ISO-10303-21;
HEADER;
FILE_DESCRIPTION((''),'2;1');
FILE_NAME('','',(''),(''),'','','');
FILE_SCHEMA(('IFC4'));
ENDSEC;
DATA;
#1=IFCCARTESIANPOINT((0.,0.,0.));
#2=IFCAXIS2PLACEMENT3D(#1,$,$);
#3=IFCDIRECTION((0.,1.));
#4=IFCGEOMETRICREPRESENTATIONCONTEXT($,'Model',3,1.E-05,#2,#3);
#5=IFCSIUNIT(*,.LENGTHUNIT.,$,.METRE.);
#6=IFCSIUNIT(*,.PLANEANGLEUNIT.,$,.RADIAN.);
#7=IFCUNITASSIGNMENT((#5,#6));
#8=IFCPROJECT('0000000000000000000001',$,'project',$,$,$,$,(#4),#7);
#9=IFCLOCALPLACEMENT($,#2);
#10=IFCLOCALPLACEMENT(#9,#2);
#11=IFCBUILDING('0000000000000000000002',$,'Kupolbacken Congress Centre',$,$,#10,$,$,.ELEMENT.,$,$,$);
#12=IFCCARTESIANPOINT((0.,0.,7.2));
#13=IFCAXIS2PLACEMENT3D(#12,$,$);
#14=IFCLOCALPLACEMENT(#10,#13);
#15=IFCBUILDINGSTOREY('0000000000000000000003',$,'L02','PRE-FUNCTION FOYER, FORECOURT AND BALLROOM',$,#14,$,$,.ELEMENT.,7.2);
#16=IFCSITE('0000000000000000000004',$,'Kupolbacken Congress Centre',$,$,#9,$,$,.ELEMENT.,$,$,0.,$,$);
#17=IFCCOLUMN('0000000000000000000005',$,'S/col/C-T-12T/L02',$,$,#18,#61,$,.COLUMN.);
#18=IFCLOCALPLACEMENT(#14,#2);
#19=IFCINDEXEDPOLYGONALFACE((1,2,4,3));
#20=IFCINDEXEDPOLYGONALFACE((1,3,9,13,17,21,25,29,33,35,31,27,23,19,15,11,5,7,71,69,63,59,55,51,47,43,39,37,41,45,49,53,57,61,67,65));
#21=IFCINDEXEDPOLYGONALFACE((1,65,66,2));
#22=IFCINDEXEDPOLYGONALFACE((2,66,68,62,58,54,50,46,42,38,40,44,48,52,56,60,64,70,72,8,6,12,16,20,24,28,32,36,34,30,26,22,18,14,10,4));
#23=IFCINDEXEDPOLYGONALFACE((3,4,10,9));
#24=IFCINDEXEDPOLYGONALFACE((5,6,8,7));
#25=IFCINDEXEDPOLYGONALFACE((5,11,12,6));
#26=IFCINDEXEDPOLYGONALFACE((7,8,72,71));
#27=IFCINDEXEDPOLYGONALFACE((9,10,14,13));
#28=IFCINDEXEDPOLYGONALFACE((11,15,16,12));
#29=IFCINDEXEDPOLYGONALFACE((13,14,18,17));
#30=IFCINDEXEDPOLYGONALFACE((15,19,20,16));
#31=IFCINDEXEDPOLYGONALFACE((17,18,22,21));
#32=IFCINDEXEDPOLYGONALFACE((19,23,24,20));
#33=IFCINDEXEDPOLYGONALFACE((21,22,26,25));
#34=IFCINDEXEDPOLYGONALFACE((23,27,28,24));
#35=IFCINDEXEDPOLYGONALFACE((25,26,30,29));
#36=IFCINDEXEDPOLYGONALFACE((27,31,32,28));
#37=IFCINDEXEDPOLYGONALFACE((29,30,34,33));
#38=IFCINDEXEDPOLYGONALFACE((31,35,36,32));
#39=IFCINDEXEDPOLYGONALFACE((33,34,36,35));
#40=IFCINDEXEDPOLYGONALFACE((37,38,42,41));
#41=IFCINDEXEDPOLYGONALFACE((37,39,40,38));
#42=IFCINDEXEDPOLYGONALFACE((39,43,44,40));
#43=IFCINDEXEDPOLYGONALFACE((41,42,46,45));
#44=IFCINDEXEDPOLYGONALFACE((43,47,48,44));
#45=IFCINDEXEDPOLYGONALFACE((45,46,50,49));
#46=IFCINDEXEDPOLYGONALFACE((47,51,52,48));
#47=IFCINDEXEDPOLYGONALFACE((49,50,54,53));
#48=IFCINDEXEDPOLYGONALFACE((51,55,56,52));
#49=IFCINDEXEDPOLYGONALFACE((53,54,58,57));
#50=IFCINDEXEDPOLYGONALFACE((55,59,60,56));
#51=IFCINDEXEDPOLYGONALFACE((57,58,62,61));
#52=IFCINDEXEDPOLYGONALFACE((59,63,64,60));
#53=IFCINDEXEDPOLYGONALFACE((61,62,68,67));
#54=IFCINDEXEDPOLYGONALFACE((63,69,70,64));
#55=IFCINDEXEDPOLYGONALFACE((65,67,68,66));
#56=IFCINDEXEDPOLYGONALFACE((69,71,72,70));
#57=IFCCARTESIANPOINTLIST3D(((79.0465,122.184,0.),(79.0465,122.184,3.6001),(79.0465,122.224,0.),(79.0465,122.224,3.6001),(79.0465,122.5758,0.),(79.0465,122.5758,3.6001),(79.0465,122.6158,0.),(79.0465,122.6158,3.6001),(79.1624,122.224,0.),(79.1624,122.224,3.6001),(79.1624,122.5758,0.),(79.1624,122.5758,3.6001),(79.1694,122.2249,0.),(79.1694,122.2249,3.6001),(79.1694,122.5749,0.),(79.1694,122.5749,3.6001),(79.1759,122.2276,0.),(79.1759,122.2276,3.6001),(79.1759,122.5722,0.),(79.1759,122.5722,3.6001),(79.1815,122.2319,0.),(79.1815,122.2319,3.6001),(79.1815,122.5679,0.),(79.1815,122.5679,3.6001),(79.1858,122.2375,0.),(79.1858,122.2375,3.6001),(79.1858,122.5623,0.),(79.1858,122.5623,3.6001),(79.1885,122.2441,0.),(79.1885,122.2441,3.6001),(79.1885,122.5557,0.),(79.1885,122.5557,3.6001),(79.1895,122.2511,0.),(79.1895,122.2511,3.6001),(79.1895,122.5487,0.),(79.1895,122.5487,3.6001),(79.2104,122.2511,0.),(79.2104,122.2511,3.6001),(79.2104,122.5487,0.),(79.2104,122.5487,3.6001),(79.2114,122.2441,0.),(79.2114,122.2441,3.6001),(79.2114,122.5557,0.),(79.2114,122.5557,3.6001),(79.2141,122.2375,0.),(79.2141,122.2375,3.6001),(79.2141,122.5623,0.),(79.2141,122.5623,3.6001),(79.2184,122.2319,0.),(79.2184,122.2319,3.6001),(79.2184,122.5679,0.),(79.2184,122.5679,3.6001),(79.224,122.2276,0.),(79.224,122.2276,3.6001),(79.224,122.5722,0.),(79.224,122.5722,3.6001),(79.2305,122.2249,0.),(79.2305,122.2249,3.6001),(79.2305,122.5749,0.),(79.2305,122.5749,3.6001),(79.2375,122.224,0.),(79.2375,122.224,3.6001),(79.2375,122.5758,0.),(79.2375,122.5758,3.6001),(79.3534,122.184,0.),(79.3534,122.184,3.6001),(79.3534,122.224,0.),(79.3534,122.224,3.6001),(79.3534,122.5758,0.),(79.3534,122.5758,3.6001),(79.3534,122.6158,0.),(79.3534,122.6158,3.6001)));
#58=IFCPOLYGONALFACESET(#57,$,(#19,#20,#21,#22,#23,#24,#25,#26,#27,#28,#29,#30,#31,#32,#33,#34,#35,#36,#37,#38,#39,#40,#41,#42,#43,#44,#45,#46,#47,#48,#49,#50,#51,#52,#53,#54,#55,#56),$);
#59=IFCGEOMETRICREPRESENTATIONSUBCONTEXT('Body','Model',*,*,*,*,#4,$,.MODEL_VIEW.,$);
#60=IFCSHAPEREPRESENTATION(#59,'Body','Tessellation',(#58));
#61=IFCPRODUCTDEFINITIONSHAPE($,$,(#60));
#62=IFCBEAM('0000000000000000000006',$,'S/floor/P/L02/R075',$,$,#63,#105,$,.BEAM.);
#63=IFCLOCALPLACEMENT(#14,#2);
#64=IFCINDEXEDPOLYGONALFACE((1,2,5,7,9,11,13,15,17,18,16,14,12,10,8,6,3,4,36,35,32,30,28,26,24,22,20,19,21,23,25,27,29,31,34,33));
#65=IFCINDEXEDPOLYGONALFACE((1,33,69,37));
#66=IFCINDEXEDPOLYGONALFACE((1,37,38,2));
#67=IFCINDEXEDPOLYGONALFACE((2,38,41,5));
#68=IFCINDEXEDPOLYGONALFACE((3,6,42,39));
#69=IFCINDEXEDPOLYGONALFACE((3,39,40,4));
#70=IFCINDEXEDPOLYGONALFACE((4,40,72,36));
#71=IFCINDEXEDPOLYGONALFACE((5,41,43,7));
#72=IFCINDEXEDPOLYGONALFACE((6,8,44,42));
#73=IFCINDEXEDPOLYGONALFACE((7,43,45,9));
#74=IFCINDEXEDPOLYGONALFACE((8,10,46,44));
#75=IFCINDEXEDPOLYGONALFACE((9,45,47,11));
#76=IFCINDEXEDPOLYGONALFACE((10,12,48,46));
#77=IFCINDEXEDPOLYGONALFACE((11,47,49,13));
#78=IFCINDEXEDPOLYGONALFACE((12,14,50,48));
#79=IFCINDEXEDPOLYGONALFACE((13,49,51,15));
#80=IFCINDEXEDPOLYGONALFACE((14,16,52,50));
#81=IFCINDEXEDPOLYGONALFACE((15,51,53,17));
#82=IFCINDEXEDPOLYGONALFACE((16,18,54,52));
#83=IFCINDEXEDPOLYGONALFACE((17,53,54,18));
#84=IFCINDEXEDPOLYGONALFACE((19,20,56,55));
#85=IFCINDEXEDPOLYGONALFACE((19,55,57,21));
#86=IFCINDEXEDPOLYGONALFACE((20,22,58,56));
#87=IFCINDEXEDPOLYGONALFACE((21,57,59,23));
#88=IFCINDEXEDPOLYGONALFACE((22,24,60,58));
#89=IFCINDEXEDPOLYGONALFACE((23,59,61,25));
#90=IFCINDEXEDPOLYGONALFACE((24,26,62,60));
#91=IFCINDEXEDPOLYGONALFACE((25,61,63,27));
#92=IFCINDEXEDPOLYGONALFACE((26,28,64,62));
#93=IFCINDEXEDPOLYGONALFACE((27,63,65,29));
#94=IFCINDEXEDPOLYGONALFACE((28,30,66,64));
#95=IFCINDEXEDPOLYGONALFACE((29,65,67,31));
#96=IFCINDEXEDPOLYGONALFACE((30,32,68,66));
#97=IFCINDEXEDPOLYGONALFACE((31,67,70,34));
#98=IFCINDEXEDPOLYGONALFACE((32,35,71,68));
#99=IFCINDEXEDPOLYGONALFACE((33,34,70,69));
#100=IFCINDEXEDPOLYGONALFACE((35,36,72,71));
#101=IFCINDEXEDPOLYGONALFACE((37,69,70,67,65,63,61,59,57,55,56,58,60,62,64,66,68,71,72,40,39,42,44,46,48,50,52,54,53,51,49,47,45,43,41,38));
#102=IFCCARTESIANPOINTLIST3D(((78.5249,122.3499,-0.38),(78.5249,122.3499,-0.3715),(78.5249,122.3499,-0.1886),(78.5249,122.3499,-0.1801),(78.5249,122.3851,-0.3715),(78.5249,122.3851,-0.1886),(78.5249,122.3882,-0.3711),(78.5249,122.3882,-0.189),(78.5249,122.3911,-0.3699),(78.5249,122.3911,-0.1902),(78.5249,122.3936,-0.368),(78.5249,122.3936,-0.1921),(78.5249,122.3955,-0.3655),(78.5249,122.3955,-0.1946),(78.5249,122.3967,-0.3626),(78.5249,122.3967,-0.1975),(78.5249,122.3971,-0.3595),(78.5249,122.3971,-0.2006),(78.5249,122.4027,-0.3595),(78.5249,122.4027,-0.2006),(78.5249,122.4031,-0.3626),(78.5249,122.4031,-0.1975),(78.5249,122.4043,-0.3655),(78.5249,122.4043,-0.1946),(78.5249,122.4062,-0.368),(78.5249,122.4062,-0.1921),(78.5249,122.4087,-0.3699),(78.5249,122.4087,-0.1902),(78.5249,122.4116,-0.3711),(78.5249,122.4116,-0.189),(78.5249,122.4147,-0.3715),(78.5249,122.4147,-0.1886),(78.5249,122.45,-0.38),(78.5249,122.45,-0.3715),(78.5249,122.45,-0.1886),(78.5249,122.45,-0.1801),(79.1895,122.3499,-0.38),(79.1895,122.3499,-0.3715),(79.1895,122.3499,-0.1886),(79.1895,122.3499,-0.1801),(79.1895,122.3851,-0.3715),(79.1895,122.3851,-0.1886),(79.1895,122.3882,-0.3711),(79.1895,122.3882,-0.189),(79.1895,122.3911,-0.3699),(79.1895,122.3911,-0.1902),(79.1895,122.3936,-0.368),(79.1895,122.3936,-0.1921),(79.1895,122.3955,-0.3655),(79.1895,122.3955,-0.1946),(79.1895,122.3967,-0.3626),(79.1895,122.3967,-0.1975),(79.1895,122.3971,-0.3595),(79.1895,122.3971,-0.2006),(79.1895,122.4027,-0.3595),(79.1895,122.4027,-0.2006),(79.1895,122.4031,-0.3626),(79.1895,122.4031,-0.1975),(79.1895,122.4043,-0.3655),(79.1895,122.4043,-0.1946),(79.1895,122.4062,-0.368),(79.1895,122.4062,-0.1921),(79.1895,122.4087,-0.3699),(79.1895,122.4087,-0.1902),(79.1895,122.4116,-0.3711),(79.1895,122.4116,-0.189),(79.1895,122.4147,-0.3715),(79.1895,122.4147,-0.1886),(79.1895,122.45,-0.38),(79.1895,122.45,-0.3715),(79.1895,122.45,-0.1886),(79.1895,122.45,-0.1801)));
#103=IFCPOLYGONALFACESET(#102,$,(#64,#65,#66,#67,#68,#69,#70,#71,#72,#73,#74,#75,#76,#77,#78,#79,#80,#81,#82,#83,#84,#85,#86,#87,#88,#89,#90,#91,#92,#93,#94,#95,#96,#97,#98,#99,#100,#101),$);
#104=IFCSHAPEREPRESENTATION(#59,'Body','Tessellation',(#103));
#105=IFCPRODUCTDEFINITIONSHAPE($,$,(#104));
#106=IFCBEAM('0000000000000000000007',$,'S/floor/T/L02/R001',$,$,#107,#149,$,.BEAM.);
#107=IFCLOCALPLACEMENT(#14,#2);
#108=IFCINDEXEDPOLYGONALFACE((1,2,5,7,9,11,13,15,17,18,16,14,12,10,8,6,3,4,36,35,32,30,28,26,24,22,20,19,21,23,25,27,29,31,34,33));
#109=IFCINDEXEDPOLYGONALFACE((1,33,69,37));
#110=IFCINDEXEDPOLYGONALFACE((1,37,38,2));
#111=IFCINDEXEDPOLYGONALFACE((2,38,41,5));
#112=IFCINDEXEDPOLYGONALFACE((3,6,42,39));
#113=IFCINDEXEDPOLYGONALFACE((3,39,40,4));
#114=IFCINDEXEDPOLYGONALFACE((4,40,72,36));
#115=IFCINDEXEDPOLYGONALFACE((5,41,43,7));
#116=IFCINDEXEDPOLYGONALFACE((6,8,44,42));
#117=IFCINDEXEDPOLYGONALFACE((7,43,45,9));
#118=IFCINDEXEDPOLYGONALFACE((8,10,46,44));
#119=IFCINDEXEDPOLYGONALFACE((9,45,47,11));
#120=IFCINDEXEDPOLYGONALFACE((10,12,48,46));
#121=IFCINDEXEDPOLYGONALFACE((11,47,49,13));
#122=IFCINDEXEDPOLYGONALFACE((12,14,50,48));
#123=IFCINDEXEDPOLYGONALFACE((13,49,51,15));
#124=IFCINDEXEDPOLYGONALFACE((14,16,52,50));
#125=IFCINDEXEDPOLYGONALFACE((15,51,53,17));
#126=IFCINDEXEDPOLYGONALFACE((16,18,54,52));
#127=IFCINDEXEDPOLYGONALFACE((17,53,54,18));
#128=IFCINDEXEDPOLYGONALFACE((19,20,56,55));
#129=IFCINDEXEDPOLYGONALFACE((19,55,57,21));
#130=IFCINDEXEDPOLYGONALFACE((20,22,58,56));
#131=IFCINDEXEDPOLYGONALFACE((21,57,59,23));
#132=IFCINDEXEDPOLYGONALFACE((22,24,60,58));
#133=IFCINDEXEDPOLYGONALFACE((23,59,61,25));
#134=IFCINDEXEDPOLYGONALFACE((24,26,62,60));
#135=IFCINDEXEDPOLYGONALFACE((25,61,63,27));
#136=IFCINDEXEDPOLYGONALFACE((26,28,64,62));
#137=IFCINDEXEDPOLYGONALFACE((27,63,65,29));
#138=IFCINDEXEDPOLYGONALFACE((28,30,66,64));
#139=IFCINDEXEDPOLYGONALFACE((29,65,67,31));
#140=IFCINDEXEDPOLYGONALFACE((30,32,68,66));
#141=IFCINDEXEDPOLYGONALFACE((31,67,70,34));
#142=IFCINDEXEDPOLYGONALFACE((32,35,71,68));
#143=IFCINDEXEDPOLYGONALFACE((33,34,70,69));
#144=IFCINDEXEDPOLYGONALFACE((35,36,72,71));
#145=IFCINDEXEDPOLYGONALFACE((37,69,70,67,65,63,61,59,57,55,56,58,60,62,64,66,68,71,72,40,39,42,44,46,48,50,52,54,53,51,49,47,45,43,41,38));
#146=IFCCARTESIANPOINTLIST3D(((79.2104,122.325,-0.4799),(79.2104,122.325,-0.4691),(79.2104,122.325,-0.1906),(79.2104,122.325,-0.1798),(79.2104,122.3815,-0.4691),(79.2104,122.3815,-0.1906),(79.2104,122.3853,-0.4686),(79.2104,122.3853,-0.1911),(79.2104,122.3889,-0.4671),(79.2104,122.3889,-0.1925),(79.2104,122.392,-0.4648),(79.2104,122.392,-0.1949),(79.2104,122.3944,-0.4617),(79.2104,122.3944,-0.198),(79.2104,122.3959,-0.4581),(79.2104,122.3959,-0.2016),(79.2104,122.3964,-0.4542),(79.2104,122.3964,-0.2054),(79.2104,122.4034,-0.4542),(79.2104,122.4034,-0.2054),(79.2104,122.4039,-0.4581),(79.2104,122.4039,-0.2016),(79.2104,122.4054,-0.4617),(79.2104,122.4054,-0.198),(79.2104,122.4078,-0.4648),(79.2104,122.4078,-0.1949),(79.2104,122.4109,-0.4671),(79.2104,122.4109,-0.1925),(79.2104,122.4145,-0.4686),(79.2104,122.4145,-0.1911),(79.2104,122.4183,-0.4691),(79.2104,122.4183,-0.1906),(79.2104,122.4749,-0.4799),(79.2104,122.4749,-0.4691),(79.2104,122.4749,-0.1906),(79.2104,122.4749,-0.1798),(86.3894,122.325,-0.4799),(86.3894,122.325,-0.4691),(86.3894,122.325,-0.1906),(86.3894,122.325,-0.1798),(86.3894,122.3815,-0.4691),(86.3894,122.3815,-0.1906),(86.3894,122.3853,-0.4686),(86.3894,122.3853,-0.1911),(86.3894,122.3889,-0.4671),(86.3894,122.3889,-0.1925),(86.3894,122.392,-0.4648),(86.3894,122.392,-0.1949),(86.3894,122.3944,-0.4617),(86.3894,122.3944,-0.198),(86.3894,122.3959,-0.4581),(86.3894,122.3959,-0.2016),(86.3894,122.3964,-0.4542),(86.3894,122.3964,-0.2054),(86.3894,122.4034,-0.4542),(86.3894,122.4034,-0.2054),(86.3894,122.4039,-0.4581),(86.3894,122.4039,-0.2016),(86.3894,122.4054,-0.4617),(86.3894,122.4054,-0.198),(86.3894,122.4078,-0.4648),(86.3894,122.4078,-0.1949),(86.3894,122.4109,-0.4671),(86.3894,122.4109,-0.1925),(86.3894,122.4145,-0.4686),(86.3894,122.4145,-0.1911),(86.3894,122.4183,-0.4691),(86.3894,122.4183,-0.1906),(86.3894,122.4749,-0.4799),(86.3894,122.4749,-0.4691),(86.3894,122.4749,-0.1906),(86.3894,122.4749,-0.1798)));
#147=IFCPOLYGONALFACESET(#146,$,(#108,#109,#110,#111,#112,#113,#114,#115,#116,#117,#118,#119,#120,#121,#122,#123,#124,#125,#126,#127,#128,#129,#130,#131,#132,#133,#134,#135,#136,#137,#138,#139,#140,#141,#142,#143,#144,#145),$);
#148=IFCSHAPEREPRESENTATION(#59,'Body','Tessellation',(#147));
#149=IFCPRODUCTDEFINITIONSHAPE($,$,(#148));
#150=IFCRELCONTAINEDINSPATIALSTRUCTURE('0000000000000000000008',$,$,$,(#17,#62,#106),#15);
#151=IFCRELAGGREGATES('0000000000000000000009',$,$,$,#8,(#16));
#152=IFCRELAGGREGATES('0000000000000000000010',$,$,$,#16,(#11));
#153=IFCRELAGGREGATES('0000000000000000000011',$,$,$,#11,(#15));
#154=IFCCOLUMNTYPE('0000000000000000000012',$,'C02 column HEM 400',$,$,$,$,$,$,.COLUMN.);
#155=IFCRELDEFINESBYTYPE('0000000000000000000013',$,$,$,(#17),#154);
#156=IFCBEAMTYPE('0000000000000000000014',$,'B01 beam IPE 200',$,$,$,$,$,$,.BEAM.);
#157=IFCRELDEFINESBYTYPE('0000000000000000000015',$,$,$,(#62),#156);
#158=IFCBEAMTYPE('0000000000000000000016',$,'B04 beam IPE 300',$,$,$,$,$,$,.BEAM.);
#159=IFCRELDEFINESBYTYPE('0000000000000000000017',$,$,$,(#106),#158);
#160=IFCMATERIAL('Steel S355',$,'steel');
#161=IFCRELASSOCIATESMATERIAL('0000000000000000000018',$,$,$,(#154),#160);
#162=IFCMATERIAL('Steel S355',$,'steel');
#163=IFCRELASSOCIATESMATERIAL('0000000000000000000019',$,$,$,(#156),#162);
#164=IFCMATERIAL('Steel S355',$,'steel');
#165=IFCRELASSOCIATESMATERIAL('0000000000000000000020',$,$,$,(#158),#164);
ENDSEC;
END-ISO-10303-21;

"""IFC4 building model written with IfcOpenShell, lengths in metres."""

from ifc_helpers import new_model, si_unit, direction, frame, origin, origin_2d, place, context, subcontext, project, spatial, i_section, extrude, material, material_profile, profile_set, type_object, element, save


model = new_model("IFC4")

# Units and contexts
model_context = context("Model", 3, precision=1e-05, world=origin(), true_north=direction((0.0, 1.0)))
body_context = subcontext(model_context, "Body", "Model", "MODEL_VIEW")
ifc_project = project(units=[si_unit("LENGTHUNIT", "METRE"), si_unit("PLANEANGLEUNIT", "RADIAN")], contexts=[model_context])

# Site, building, storey
site_placement = place(None, origin())
site = spatial("IfcSite", under=ifc_project, at=site_placement, Name="Kupolbacken Congress Centre", CompositionType="ELEMENT", RefElevation=0.0)
building_placement = place(site_placement, origin())
building = spatial("IfcBuilding", under=site, at=building_placement, Name="Kupolbacken Congress Centre", CompositionType="ELEMENT")
storey_placement = place(building_placement, frame((0.0, 0.0, 7.2)))
storey = spatial("IfcBuildingStorey", under=building, at=storey_placement, Name="L02", Description="PRE-FUNCTION FOYER, FORECOURT AND BALLROOM", CompositionType="ELEMENT", Elevation=7.2)

# Column
ifc_material_1 = material(Name="Steel S355", Category="steel")
ifc_material_profile_1 = material_profile(ifc_material_1, i_section(OverallWidth=0.3069, OverallDepth=0.4319, WebThickness=0.021, FlangeThickness=0.04, FilletRadius=0.0271, at=origin_2d()), Name="HEM 400")
ifc_profile_set_1 = profile_set([ifc_material_profile_1], Name="Steel S355")
column_type = type_object("IfcColumnType", Name="C02 column HEM 400", PredefinedType="COLUMN", material=ifc_profile_set_1)
column_placement = place(storey_placement, frame((79.2, 122.3999, 0.0), z_axis=(0.0, 0.0, 1.0), x_axis=(1.0, 0.0, 0.0)))
element("IfcColumn", 1, at=column_placement, inside=storey, type_object=column_type, Name="S/col/C-T-12T/L02", PredefinedType="COLUMN", context=body_context, shape_type="SweptSolid", body=[
    extrude(i_section(OverallWidth=0.3069, OverallDepth=0.4319, WebThickness=0.021, FlangeThickness=0.04, FilletRadius=0.0271, at=origin_2d()), origin(), (0.0, 0.0, 1.0), 3.6001),
])

# Beams
ifc_material_2 = material(Name="Steel S355", Category="steel")
ifc_material_profile_2 = material_profile(ifc_material_2, i_section(OverallWidth=0.1001, OverallDepth=0.2, WebThickness=0.0056, FlangeThickness=0.0085, FilletRadius=0.012, at=origin_2d()), Name="IPE 200")
ifc_profile_set_2 = profile_set([ifc_material_profile_2], Name="Steel S355")
beam_type_1 = type_object("IfcBeamType", Name="B01 beam IPE 200", PredefinedType="BEAM", material=ifc_profile_set_2)
beam_1_placement = place(storey_placement, frame((78.5249, 122.3999, -0.28), z_axis=(1.0, 0.0, 0.0), x_axis=(0.0, 1.0, 0.0)))
element("IfcBeam", 2, at=beam_1_placement, inside=storey, type_object=beam_type_1, Name="S/floor/P/L02/R075", PredefinedType="BEAM", context=body_context, shape_type="SweptSolid", body=[
    extrude(i_section(OverallWidth=0.1001, OverallDepth=0.2, WebThickness=0.0056, FlangeThickness=0.0085, FilletRadius=0.012, at=origin_2d()), origin(), (0.0, 0.0, 1.0), 0.6646),
])
ifc_material_3 = material(Name="Steel S355", Category="steel")
ifc_material_profile_3 = material_profile(ifc_material_3, i_section(OverallWidth=0.1499, OverallDepth=0.3, WebThickness=0.0071, FlangeThickness=0.0107, FilletRadius=0.0149, at=origin_2d()), Name="IPE 300")
ifc_profile_set_3 = profile_set([ifc_material_profile_3], Name="Steel S355")
beam_type_2 = type_object("IfcBeamType", Name="B04 beam IPE 300", PredefinedType="BEAM", material=ifc_profile_set_3)
beam_2_placement = place(storey_placement, frame((79.2104, 122.3999, -0.3298), z_axis=(1.0, 0.0, 0.0), x_axis=(0.0, 1.0, 0.0)))
element("IfcBeam", 3, at=beam_2_placement, inside=storey, type_object=beam_type_2, Name="S/floor/T/L02/R001", PredefinedType="BEAM", context=body_context, shape_type="SweptSolid", body=[
    extrude(i_section(OverallWidth=0.1499, OverallDepth=0.3, WebThickness=0.0071, FlangeThickness=0.0107, FilletRadius=0.0149, at=origin_2d()), origin(), (0.0, 0.0, 1.0), 7.179),
])

save(model, "model.ifc")
